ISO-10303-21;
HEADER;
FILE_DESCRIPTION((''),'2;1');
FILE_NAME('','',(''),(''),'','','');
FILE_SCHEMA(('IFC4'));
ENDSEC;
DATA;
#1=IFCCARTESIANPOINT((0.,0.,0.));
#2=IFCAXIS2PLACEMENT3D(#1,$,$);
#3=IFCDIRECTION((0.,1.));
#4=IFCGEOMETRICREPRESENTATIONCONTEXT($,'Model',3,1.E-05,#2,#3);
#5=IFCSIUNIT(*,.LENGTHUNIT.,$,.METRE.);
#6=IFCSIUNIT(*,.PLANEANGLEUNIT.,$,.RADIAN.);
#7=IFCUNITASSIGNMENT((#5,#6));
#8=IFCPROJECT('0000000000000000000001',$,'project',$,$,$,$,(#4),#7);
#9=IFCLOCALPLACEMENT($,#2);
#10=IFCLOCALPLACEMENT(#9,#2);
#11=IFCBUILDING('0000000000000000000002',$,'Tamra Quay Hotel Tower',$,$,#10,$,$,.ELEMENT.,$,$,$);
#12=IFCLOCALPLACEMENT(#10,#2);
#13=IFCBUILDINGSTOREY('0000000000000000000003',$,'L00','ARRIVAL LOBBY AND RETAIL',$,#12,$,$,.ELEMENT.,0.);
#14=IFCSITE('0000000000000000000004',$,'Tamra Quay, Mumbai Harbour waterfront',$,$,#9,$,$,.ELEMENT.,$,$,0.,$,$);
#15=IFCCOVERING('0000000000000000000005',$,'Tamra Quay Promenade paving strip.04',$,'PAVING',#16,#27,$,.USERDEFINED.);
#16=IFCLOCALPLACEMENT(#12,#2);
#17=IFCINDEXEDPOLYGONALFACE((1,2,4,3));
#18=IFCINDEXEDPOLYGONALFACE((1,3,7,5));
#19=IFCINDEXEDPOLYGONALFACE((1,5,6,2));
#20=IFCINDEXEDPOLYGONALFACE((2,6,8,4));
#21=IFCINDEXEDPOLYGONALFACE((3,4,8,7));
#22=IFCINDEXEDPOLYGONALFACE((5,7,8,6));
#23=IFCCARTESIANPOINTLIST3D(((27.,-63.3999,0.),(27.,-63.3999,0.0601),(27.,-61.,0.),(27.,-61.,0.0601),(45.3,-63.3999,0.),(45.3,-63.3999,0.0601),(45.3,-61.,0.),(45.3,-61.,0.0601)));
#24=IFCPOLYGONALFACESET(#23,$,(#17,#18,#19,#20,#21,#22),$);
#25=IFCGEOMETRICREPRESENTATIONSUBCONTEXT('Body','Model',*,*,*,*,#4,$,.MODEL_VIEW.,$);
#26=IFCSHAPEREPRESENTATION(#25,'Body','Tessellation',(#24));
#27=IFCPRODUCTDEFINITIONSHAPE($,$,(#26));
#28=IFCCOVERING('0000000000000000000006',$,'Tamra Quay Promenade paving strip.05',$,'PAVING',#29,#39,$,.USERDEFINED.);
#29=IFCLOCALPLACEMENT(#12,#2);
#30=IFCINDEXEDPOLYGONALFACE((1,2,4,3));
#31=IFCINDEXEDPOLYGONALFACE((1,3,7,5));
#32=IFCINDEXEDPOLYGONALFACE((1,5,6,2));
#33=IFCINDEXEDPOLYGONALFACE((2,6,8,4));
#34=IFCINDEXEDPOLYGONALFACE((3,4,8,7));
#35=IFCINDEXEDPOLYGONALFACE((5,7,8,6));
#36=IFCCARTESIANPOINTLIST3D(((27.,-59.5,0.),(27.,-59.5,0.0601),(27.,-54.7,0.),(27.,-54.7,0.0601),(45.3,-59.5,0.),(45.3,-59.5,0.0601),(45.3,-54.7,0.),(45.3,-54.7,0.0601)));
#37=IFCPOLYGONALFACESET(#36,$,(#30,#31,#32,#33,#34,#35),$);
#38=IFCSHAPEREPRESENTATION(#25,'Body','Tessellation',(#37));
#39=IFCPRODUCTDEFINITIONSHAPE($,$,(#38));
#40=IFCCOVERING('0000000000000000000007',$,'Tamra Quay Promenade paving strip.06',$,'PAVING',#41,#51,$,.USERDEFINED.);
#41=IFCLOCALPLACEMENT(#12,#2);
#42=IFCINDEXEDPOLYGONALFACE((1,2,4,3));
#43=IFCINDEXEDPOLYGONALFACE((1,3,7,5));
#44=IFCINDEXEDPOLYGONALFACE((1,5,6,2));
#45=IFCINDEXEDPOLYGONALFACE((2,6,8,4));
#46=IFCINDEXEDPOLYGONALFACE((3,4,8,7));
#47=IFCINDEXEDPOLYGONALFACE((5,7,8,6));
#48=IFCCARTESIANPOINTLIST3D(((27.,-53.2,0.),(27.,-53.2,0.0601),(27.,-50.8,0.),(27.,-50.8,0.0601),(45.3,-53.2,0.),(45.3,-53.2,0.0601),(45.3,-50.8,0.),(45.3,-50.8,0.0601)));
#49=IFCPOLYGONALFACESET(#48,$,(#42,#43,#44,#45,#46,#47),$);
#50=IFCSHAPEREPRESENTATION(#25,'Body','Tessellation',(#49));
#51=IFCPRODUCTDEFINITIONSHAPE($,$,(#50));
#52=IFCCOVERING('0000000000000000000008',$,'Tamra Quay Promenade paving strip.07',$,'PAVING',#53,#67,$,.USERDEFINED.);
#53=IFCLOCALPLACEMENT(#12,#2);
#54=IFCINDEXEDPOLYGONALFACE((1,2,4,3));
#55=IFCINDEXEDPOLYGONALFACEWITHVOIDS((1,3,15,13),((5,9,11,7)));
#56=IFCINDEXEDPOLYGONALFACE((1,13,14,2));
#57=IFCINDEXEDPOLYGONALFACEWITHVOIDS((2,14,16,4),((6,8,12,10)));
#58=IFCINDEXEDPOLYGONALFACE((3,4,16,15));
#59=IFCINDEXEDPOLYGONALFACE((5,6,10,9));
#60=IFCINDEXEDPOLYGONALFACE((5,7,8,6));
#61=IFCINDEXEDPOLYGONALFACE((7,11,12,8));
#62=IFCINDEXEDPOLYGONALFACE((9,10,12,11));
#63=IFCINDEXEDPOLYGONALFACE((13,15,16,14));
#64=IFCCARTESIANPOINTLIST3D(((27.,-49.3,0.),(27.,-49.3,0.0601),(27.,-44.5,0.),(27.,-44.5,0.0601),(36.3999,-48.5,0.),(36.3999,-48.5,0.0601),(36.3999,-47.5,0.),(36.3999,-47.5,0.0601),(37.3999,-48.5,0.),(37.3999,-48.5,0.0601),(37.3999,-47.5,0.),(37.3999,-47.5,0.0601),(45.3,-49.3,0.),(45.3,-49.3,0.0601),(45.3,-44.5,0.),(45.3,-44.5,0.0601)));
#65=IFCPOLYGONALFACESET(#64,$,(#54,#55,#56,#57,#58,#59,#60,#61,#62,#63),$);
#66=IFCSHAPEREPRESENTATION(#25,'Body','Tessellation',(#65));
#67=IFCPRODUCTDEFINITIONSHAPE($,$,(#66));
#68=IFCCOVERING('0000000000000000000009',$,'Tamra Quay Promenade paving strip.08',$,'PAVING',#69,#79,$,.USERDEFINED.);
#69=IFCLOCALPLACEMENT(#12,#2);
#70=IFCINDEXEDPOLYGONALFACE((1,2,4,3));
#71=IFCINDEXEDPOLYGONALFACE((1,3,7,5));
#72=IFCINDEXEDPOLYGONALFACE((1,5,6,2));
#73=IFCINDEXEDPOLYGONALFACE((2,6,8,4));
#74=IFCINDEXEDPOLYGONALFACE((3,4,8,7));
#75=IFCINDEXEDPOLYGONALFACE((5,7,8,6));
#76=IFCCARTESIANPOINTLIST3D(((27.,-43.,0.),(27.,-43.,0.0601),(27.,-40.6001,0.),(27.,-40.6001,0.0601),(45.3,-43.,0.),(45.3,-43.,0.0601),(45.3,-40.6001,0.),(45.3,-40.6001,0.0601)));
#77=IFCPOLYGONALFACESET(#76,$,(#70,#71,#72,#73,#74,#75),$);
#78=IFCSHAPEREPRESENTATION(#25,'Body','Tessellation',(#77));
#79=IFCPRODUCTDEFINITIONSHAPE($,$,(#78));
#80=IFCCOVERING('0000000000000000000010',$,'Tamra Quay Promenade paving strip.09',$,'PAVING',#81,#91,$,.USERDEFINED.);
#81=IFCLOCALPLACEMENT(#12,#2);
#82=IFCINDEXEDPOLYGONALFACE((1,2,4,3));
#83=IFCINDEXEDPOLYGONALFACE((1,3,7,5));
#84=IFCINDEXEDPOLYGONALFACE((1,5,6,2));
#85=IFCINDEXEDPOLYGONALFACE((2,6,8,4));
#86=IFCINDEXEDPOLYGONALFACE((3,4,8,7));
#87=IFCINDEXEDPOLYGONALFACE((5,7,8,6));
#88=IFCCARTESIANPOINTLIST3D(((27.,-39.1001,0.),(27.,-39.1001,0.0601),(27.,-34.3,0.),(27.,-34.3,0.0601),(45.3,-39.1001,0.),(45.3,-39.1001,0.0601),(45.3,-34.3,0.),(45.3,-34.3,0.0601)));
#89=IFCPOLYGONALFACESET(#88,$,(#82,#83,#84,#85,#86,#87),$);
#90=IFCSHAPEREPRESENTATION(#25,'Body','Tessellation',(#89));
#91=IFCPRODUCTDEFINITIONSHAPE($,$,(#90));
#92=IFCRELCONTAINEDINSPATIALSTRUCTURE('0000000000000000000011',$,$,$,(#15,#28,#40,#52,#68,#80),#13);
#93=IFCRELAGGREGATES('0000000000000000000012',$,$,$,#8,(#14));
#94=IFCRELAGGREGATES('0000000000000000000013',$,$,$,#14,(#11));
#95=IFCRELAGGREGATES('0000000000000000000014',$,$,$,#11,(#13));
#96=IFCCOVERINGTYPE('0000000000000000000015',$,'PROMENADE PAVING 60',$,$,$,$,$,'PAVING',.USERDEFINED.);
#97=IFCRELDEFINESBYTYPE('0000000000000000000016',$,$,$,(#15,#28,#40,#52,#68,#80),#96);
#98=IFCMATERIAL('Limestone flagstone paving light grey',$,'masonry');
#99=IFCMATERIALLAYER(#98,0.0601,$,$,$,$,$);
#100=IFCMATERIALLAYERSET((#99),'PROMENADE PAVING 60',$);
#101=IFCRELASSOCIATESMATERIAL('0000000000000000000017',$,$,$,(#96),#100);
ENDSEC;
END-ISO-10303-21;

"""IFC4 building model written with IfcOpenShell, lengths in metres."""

from ifc_helpers import new_model, si_unit, direction, origin, place, context, subcontext, project, spatial, polyline, outline, extrude, material, layer, layer_set, type_object, element, save


model = new_model("IFC4")

# Units and contexts
model_context = context("Model", 3, precision=1e-05, world=origin(), true_north=direction((0.0, 1.0)))
body_context = subcontext(model_context, "Body", "Model", "MODEL_VIEW")
ifc_project = project(units=[si_unit("LENGTHUNIT", "METRE"), si_unit("PLANEANGLEUNIT", "RADIAN")], contexts=[model_context])

# Site, building, storey
site_placement = place(None, origin())
site = spatial("IfcSite", under=ifc_project, at=site_placement, Name="Tamra Quay, Mumbai Harbour waterfront", CompositionType="ELEMENT", RefElevation=0.0)
building_placement = place(site_placement, origin())
building = spatial("IfcBuilding", under=site, at=building_placement, Name="Tamra Quay Hotel Tower", CompositionType="ELEMENT")
storey_placement = place(building_placement, origin())
storey = spatial("IfcBuildingStorey", under=building, at=storey_placement, Name="L00", Description="ARRIVAL LOBBY AND RETAIL", CompositionType="ELEMENT", Elevation=0.0)

# Coverings
ifc_material_1 = material(Name="Limestone flagstone paving light grey", Category="masonry")
ifc_layer_1 = layer(ifc_material_1, 0.0601)
ifc_layer_set_1 = layer_set([ifc_layer_1], Name="PROMENADE PAVING 60")
covering_type_1 = type_object("IfcCoveringType", Name="PROMENADE PAVING 60", ElementType="PAVING", PredefinedType="USERDEFINED", material=ifc_layer_set_1)
covering_1_placement = place(storey_placement, origin())
element("IfcCovering", 1, at=covering_1_placement, inside=storey, type_object=covering_type_1, Name="Tamra Quay Promenade paving strip.04", ObjectType="PAVING", PredefinedType="USERDEFINED", context=body_context, shape_type="SweptSolid", body=[
    extrude(outline(polyline([(27.0, -61.0), (27.0, -63.3999), (45.3, -63.3999), (45.3, -61.0), (27.0, -61.0)])), origin(), (0.0, 0.0, 1.0), 0.0601),
])
covering_2_placement = place(storey_placement, origin())
element("IfcCovering", 2, at=covering_2_placement, inside=storey, type_object=covering_type_1, Name="Tamra Quay Promenade paving strip.05", ObjectType="PAVING", PredefinedType="USERDEFINED", context=body_context, shape_type="SweptSolid", body=[
    extrude(outline(polyline([(27.0, -54.7), (27.0, -59.5), (45.3, -59.5), (45.3, -54.7), (27.0, -54.7)])), origin(), (0.0, 0.0, 1.0), 0.0601),
])
covering_3_placement = place(storey_placement, origin())
element("IfcCovering", 3, at=covering_3_placement, inside=storey, type_object=covering_type_1, Name="Tamra Quay Promenade paving strip.06", ObjectType="PAVING", PredefinedType="USERDEFINED", context=body_context, shape_type="SweptSolid", body=[
    extrude(outline(polyline([(27.0, -50.8), (27.0, -53.2), (45.3, -53.2), (45.3, -50.8), (27.0, -50.8)])), origin(), (0.0, 0.0, 1.0), 0.0601),
])
covering_4_placement = place(storey_placement, origin())
element("IfcCovering", 4, at=covering_4_placement, inside=storey, type_object=covering_type_1, Name="Tamra Quay Promenade paving strip.07", ObjectType="PAVING", PredefinedType="USERDEFINED", context=body_context, shape_type="SweptSolid", body=[
    extrude(outline(polyline([(27.0, -44.5), (27.0, -49.3), (45.3, -49.3), (45.3, -44.5), (27.0, -44.5)]), holes=[polyline([(36.3999, -47.5), (36.3999, -48.5), (37.3999, -48.5), (37.3999, -47.5), (36.3999, -47.5)])]), origin(), (0.0, 0.0, 1.0), 0.0601),
])
covering_5_placement = place(storey_placement, origin())
element("IfcCovering", 5, at=covering_5_placement, inside=storey, type_object=covering_type_1, Name="Tamra Quay Promenade paving strip.08", ObjectType="PAVING", PredefinedType="USERDEFINED", context=body_context, shape_type="SweptSolid", body=[
    extrude(outline(polyline([(27.0, -40.6001), (27.0, -43.0), (45.3, -43.0), (45.3, -40.6001), (27.0, -40.6001)])), origin(), (0.0, 0.0, 1.0), 0.0601),
])
covering_6_placement = place(storey_placement, origin())
element("IfcCovering", 6, at=covering_6_placement, inside=storey, type_object=covering_type_1, Name="Tamra Quay Promenade paving strip.09", ObjectType="PAVING", PredefinedType="USERDEFINED", context=body_context, shape_type="SweptSolid", body=[
    extrude(outline(polyline([(27.0, -34.3), (27.0, -39.1001), (45.3, -39.1001), (45.3, -34.3), (27.0, -34.3)])), origin(), (0.0, 0.0, 1.0), 0.0601),
])

save(model, "model.ifc")
